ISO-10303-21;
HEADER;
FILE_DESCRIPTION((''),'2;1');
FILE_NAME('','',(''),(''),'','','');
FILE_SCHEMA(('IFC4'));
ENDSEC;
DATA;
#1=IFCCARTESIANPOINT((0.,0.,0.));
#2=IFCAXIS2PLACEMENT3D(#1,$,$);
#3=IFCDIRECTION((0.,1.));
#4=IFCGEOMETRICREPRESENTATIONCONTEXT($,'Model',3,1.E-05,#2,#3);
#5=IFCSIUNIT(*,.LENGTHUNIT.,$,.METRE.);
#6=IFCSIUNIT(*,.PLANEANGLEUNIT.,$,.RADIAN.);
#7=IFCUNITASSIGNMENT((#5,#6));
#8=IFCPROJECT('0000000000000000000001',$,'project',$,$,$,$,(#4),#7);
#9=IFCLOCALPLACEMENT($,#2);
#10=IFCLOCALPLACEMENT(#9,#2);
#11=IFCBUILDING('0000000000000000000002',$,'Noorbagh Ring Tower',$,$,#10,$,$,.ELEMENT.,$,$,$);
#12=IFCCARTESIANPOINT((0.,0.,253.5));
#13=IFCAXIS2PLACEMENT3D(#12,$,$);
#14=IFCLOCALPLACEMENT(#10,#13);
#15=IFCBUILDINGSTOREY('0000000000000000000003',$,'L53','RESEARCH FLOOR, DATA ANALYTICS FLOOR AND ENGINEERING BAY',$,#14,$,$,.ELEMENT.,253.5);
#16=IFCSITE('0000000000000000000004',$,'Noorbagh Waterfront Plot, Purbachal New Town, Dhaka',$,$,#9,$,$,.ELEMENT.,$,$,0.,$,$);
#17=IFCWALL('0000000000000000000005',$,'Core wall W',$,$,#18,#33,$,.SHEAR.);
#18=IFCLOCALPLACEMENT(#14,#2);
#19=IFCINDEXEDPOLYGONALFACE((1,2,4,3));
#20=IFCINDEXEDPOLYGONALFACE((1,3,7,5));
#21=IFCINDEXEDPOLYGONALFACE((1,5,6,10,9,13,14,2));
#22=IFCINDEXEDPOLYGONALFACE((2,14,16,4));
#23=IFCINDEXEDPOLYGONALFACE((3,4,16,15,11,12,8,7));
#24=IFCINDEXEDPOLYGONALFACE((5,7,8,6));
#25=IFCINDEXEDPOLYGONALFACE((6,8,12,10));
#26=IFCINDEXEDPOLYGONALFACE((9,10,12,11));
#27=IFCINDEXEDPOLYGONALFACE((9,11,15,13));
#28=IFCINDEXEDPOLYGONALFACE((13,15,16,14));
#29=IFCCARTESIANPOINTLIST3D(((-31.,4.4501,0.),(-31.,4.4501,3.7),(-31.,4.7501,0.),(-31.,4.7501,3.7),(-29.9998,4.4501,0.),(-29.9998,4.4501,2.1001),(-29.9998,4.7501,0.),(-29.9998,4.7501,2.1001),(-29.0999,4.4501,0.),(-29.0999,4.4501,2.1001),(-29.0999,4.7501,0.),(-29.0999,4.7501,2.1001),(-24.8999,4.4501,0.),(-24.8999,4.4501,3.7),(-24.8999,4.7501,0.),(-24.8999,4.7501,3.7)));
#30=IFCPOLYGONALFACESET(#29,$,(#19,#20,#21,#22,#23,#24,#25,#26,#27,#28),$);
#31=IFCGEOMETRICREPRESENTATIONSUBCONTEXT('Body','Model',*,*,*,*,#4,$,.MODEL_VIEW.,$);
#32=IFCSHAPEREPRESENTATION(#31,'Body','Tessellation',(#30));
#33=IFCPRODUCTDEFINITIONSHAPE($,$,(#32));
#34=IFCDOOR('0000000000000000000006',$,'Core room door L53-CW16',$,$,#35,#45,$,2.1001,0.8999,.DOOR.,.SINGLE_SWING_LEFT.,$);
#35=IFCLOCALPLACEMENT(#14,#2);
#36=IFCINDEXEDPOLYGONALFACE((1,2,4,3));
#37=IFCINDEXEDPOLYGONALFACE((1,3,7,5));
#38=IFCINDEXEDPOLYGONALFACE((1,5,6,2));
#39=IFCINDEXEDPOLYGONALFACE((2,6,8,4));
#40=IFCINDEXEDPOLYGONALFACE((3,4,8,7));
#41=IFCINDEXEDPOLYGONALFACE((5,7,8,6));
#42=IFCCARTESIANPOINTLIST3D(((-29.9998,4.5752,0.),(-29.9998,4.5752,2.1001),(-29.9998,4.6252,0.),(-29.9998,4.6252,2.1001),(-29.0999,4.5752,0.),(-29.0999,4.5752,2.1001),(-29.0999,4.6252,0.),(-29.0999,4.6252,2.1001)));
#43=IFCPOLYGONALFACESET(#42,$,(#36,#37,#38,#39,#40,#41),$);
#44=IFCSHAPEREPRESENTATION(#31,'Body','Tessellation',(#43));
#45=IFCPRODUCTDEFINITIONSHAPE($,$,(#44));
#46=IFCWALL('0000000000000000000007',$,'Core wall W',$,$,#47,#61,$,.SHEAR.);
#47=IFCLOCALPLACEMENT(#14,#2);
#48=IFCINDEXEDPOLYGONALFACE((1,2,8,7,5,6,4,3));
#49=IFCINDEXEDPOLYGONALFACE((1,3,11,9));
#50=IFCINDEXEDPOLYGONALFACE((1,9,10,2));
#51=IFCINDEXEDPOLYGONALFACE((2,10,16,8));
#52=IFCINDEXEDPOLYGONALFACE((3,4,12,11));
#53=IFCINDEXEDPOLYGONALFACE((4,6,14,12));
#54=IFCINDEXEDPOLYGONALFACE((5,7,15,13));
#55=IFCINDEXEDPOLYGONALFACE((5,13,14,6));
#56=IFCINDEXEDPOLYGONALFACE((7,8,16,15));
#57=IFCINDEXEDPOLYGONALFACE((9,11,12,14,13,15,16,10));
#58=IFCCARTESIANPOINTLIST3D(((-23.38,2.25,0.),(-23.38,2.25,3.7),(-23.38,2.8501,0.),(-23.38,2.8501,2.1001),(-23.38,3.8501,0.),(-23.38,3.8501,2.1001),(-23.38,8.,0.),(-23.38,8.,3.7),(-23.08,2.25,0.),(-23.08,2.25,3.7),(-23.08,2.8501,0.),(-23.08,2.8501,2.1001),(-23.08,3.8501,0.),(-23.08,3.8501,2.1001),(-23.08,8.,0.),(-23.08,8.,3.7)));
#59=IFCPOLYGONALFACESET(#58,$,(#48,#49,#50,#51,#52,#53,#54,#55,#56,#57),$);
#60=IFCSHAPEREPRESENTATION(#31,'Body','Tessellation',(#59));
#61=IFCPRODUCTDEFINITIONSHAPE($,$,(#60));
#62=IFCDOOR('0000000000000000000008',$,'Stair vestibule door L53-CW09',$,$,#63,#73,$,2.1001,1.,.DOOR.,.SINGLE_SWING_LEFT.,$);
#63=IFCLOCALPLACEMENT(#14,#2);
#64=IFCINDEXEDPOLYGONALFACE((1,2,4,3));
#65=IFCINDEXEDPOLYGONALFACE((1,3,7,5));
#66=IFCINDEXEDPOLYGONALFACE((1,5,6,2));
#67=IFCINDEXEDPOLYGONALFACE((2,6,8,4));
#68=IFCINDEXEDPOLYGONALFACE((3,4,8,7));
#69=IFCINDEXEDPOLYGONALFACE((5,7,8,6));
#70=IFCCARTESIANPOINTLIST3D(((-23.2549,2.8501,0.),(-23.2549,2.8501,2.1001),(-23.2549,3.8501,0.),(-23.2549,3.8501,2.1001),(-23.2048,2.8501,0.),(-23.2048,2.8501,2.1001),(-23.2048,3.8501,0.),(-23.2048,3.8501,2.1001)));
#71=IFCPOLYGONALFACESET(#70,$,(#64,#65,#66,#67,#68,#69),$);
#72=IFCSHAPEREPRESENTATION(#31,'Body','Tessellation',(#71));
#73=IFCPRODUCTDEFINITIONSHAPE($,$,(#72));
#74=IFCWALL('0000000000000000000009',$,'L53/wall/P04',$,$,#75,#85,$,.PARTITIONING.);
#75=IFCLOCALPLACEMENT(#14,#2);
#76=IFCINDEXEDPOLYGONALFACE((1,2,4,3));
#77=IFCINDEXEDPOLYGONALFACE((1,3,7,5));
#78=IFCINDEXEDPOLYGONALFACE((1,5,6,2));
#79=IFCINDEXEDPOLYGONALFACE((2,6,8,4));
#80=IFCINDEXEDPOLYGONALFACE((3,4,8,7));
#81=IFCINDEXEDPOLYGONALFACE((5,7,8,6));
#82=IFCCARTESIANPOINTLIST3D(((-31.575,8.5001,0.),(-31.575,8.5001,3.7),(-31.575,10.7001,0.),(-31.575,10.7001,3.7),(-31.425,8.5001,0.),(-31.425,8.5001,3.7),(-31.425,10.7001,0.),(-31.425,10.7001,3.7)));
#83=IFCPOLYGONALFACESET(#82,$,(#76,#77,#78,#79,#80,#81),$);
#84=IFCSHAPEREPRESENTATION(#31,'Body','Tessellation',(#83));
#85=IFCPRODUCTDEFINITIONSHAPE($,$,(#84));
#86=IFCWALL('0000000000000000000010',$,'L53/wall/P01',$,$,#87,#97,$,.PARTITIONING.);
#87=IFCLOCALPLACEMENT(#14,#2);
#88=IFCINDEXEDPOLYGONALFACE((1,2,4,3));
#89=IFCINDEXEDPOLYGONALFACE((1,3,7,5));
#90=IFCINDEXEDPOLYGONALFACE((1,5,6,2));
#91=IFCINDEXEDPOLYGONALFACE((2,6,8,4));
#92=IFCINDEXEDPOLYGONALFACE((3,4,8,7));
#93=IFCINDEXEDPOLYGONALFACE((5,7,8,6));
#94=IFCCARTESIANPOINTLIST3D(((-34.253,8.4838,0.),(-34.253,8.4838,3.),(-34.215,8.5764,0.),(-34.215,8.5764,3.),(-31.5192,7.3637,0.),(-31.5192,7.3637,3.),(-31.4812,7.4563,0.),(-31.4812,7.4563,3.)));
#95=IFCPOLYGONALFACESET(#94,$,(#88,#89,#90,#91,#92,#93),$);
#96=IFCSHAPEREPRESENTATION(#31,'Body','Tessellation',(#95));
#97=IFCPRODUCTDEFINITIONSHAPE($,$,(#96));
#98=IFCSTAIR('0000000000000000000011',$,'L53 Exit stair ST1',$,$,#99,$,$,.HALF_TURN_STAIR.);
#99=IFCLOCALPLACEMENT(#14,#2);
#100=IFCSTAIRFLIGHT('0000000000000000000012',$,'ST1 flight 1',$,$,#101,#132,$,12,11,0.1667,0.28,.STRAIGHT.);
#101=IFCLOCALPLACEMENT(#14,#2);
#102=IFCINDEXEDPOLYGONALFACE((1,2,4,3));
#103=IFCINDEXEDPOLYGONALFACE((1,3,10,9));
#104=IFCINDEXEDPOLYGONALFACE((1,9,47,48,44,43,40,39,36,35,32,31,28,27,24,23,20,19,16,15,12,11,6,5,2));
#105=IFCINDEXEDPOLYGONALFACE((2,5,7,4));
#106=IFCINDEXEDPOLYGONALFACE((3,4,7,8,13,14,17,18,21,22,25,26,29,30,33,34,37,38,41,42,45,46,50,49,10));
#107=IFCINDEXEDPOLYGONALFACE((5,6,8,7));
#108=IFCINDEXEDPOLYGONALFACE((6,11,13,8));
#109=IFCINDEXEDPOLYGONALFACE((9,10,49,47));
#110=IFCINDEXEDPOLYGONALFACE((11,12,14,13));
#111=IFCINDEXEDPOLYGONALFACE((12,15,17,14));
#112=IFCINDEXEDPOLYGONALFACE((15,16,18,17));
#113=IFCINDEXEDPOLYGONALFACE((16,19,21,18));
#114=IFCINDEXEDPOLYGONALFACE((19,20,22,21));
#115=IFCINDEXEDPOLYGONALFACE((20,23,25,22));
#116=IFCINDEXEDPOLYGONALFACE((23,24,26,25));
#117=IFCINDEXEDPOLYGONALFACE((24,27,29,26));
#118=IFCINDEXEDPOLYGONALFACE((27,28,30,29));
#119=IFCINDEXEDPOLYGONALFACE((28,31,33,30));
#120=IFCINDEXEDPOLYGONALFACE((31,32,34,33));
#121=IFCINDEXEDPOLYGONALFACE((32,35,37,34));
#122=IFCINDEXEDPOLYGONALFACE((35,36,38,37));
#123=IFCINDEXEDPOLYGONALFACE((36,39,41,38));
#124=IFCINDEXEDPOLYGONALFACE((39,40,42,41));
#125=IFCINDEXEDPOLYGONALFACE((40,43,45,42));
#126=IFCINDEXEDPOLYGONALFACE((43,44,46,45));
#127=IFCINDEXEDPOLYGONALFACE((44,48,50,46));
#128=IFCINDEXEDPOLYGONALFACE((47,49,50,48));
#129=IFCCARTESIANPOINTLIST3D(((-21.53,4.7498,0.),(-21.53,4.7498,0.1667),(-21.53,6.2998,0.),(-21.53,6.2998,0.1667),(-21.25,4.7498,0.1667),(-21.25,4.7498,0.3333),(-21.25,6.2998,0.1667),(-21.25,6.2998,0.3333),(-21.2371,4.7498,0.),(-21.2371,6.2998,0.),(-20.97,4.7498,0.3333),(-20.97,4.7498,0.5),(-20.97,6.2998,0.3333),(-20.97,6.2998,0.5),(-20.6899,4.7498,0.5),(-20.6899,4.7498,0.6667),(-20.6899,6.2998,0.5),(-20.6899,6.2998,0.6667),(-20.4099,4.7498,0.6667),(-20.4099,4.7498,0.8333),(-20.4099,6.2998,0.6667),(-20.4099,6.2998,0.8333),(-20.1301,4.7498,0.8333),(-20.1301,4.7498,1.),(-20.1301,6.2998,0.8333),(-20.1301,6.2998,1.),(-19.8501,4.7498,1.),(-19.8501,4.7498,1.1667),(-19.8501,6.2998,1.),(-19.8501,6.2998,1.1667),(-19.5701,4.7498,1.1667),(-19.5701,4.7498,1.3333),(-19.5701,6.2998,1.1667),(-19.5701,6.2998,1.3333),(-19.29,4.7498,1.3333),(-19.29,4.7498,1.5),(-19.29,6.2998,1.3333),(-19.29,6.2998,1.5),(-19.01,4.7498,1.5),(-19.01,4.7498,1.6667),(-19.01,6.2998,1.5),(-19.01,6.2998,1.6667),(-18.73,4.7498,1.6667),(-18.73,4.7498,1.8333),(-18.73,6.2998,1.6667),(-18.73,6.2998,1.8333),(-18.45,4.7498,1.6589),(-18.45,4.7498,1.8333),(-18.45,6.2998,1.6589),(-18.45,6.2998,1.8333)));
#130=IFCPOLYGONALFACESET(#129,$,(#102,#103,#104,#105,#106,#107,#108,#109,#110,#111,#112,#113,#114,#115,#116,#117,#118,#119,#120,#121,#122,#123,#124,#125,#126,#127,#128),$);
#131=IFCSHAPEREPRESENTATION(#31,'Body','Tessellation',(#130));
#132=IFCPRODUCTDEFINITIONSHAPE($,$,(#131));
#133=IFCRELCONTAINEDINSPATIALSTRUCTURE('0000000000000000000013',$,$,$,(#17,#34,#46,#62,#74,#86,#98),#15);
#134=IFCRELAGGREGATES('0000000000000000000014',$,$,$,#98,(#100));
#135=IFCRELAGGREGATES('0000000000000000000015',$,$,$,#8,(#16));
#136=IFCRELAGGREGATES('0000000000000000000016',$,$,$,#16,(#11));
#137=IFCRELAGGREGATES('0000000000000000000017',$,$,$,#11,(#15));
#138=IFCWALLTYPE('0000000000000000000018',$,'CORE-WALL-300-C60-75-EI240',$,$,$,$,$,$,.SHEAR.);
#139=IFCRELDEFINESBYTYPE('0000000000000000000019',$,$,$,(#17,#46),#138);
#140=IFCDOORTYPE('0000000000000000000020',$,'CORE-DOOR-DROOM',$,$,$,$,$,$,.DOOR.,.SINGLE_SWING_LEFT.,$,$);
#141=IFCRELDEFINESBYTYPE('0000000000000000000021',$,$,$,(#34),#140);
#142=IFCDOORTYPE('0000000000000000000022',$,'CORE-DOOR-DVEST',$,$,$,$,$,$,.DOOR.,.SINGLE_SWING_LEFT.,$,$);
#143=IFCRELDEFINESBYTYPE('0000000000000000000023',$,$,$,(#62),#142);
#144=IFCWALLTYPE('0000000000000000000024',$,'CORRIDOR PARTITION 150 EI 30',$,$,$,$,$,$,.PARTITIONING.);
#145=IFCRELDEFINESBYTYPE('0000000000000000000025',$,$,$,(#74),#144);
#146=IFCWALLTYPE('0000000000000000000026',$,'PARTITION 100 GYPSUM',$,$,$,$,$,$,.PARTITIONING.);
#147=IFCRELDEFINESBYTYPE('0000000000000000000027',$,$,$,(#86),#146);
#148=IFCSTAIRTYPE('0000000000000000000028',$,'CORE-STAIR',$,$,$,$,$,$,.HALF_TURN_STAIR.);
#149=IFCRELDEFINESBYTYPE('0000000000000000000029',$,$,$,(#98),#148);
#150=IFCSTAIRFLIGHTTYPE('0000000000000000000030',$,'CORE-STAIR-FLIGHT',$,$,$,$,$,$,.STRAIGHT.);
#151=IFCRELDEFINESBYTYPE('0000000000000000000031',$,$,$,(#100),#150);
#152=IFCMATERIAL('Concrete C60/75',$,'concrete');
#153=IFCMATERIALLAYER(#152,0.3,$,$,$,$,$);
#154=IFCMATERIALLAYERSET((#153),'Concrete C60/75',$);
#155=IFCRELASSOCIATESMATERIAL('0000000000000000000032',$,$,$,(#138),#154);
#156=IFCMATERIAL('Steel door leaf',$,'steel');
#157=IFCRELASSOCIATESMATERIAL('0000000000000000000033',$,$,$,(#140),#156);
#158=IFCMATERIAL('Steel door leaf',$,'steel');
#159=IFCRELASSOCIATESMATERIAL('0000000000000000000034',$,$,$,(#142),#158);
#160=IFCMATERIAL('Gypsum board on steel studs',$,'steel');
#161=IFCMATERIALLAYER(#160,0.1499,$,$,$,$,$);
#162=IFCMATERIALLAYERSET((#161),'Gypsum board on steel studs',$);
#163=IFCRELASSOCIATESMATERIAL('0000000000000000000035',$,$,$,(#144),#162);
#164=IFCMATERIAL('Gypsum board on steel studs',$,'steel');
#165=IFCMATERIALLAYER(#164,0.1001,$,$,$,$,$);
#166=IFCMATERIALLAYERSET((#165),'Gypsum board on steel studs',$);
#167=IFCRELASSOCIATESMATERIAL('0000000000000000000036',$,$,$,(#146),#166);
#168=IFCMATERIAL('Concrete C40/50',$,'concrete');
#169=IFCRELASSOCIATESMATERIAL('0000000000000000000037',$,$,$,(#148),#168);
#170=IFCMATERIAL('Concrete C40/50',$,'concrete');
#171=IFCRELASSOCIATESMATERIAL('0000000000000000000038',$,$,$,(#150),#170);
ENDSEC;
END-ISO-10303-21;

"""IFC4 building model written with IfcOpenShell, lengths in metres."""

from ifc_helpers import new_model, si_unit, direction, frame, frame_2d, origin, place, context, subcontext, project, spatial, polyline, rectangle, outline, extrude, material, layer, layer_set, type_object, element, fill, aggregate, save


model = new_model("IFC4")

# Units and contexts
model_context = context("Model", 3, precision=1e-05, world=origin(), true_north=direction((0.0, 1.0)))
body_context = subcontext(model_context, "Body", "Model", "MODEL_VIEW")
ifc_project = project(units=[si_unit("LENGTHUNIT", "METRE"), si_unit("PLANEANGLEUNIT", "RADIAN")], contexts=[model_context])

# Site, building, storey
site_placement = place(None, origin())
site = spatial("IfcSite", under=ifc_project, at=site_placement, Name="Noorbagh Waterfront Plot, Purbachal New Town, Dhaka", CompositionType="ELEMENT", RefElevation=0.0)
building_placement = place(site_placement, origin())
building = spatial("IfcBuilding", under=site, at=building_placement, Name="Noorbagh Ring Tower", CompositionType="ELEMENT")
storey_placement = place(building_placement, frame((0.0, 0.0, 253.5)))
storey = spatial("IfcBuildingStorey", under=building, at=storey_placement, Name="L53", Description="RESEARCH FLOOR, DATA ANALYTICS FLOOR AND ENGINEERING BAY", CompositionType="ELEMENT", Elevation=253.5)

# Walls, openings, doors
ifc_material_1 = material(Name="Concrete C60/75", Category="concrete")
ifc_layer_1 = layer(ifc_material_1, 0.3)
ifc_layer_set_1 = layer_set([ifc_layer_1], Name="Concrete C60/75")
wall_type_1 = type_object("IfcWallType", Name="CORE-WALL-300-C60-75-EI240", PredefinedType="SHEAR", material=ifc_layer_set_1)
wall_1_placement = place(storey_placement, frame((-24.8999, 4.6001, 0.0), z_axis=(0.0, 0.0, 1.0), x_axis=(-1.0, 0.0, 0.0)))
wall_1 = element("IfcWall", 1, at=wall_1_placement, inside=storey, type_object=wall_type_1, Name="Core wall W", PredefinedType="SHEAR", context=body_context, shape_type="SweptSolid", body=[
    extrude(rectangle(XDim=6.1001, YDim=0.3, at=frame_2d((3.05, 0.0))), origin(), (0.0, 0.0, 1.0), 3.7),
])
opening_1_placement = place(wall_1_placement, frame((4.2, 0.0, 0.0)))
opening_1 = element("IfcOpeningElement", 2, at=opening_1_placement, cuts=wall_1, PredefinedType="OPENING", context=body_context, shape_type="SweptSolid", body=[
    extrude(rectangle(XDim=0.8999, YDim=2.1001, at=frame_2d((0.45, 1.05))), frame((0.0, 0.1602, 0.0), z_axis=(0.0, -1.0, 0.0), x_axis=(1.0, 0.0, 0.0)), (0.0, 0.0, 1.0), 0.3201),
])
ifc_material_2 = material(Name="Steel door leaf", Category="steel")
door_type_1 = type_object("IfcDoorType", Name="CORE-DOOR-DROOM", OperationType="SINGLE_SWING_LEFT", PredefinedType="DOOR", material=ifc_material_2)
door_1_placement = place(opening_1_placement, origin())
door_1 = element("IfcDoor", 3, at=door_1_placement, inside=storey, type_object=door_type_1, Name="Core room door L53-CW16", OperationType="SINGLE_SWING_LEFT", OverallHeight=2.1001, OverallWidth=0.8999, PredefinedType="DOOR", context=body_context, shape_type="SweptSolid", body=[
    extrude(rectangle(XDim=0.8999, YDim=2.1001, at=frame_2d((0.45, 1.05))), frame((0.0, 0.0249, 0.0), z_axis=(0.0, -1.0, 0.0), x_axis=(1.0, 0.0, 0.0)), (0.0, 0.0, 1.0), 0.05),
])
fill(opening_1, door_1)
wall_2_placement = place(storey_placement, frame((-23.23, 2.25, 0.0), z_axis=(0.0, 0.0, 1.0), x_axis=(0.0, 1.0, 0.0)))
wall_2 = element("IfcWall", 4, at=wall_2_placement, inside=storey, type_object=wall_type_1, Name="Core wall W", PredefinedType="SHEAR", context=body_context, shape_type="SweptSolid", body=[
    extrude(rectangle(XDim=5.75, YDim=0.3, at=frame_2d((2.875, 0.0))), origin(), (0.0, 0.0, 1.0), 3.7),
])
opening_2_placement = place(wall_2_placement, frame((0.6001, 0.0, 0.0)))
opening_2 = element("IfcOpeningElement", 5, at=opening_2_placement, cuts=wall_2, PredefinedType="OPENING", context=body_context, shape_type="SweptSolid", body=[
    extrude(rectangle(XDim=1.0, YDim=2.1001, at=frame_2d((0.5, 1.05))), frame((0.0, 0.1602, 0.0), z_axis=(0.0, -1.0, 0.0), x_axis=(1.0, 0.0, 0.0)), (0.0, 0.0, 1.0), 0.3201),
])
ifc_material_3 = material(Name="Steel door leaf", Category="steel")
door_type_2 = type_object("IfcDoorType", Name="CORE-DOOR-DVEST", OperationType="SINGLE_SWING_LEFT", PredefinedType="DOOR", material=ifc_material_3)
door_2_placement = place(opening_2_placement, origin())
door_2 = element("IfcDoor", 6, at=door_2_placement, inside=storey, type_object=door_type_2, Name="Stair vestibule door L53-CW09", OperationType="SINGLE_SWING_LEFT", OverallHeight=2.1001, OverallWidth=1.0, PredefinedType="DOOR", context=body_context, shape_type="SweptSolid", body=[
    extrude(rectangle(XDim=1.0, YDim=2.1001, at=frame_2d((0.5, 1.05))), frame((0.0, 0.0249, 0.0), z_axis=(0.0, -1.0, 0.0), x_axis=(1.0, 0.0, 0.0)), (0.0, 0.0, 1.0), 0.05),
])
fill(opening_2, door_2)

# Walls
ifc_material_4 = material(Name="Gypsum board on steel studs", Category="steel")
ifc_layer_2 = layer(ifc_material_4, 0.1499)
ifc_layer_set_2 = layer_set([ifc_layer_2], Name="Gypsum board on steel studs")
wall_type_2 = type_object("IfcWallType", Name="CORRIDOR PARTITION 150 EI 30", PredefinedType="PARTITIONING", material=ifc_layer_set_2)
wall_3_placement = place(storey_placement, frame((-31.5, 8.5, 0.0), z_axis=(0.0, 0.0, 1.0), x_axis=(0.0, 1.0, 0.0)))
element("IfcWall", 7, at=wall_3_placement, inside=storey, type_object=wall_type_2, Name="L53/wall/P04", PredefinedType="PARTITIONING", context=body_context, shape_type="SweptSolid", body=[
    extrude(rectangle(XDim=2.2, YDim=0.1499, at=frame_2d((1.1001, 0.0))), origin(), (0.0, 0.0, 1.0), 3.7),
])
ifc_material_5 = material(Name="Gypsum board on steel studs", Category="steel")
ifc_layer_3 = layer(ifc_material_5, 0.1001)
ifc_layer_set_3 = layer_set([ifc_layer_3], Name="Gypsum board on steel studs")
wall_type_3 = type_object("IfcWallType", Name="PARTITION 100 GYPSUM", PredefinedType="PARTITIONING", material=ifc_layer_set_3)
wall_4_placement = place(storey_placement, frame((-34.2339, 8.53, 0.0), z_axis=(0.0, 0.0, 1.0), x_axis=(0.925344, -0.379128, 0.0)))
element("IfcWall", 8, at=wall_4_placement, inside=storey, type_object=wall_type_3, Name="L53/wall/P01", PredefinedType="PARTITIONING", context=body_context, shape_type="SweptSolid", body=[
    extrude(rectangle(XDim=2.9543, YDim=0.1001, at=frame_2d((1.4771, 0.0))), origin(), (0.0, 0.0, 1.0), 3.0),
])

# Stair, stair flight
ifc_material_6 = material(Name="Concrete C40/50", Category="concrete")
stair_type = type_object("IfcStairType", Name="CORE-STAIR", PredefinedType="HALF_TURN_STAIR", material=ifc_material_6)
stair_placement = place(storey_placement, origin())
stair = element("IfcStair", 9, at=stair_placement, inside=storey, type_object=stair_type, Name="L53 Exit stair ST1", PredefinedType="HALF_TURN_STAIR")
ifc_material_7 = material(Name="Concrete C40/50", Category="concrete")
stair_flight_type = type_object("IfcStairFlightType", Name="CORE-STAIR-FLIGHT", PredefinedType="STRAIGHT", material=ifc_material_7)
stair_flight_placement = place(storey_placement, frame((-21.53, 5.5249, 0.0), z_axis=(0.0, 0.0, 1.0), x_axis=(1.0, 0.0, 0.0)))
stair_flight = element("IfcStairFlight", 10, at=stair_flight_placement, type_object=stair_flight_type, Name="ST1 flight 1", NumberOfRisers=12, NumberOfTreads=11, PredefinedType="STRAIGHT", RiserHeight=0.1667, TreadLength=0.28, context=body_context, shape_type="SweptSolid", body=[
    extrude(outline(polyline([(0.0, 0.0), (0.0, 0.1667), (0.28, 0.1667), (0.28, 0.3333), (0.5601, 0.3333), (0.5601, 0.5), (0.8401, 0.5), (0.8401, 0.6667), (1.1201, 0.6667), (1.1201, 0.8333), (1.3999, 0.8333), (1.3999, 1.0), (1.6799, 1.0), (1.6799, 1.1667), (1.96, 1.1667), (1.96, 1.3333), (2.24, 1.3333), (2.24, 1.5), (2.52, 1.5), (2.52, 1.6667), (2.8, 1.6667), (2.8, 1.8333), (3.0801, 1.8333), (3.0801, 2.0), (3.0801, 1.6589), (0.293, 0.0), (0.0, 0.0)])), frame((0.0, 0.7749, 0.0), z_axis=(0.0, -1.0, 0.0), x_axis=(1.0, 0.0, 0.0)), (0.0, 0.0, 1.0), 1.55),
])
aggregate(stair, [stair_flight])

save(model, "model.ifc")
